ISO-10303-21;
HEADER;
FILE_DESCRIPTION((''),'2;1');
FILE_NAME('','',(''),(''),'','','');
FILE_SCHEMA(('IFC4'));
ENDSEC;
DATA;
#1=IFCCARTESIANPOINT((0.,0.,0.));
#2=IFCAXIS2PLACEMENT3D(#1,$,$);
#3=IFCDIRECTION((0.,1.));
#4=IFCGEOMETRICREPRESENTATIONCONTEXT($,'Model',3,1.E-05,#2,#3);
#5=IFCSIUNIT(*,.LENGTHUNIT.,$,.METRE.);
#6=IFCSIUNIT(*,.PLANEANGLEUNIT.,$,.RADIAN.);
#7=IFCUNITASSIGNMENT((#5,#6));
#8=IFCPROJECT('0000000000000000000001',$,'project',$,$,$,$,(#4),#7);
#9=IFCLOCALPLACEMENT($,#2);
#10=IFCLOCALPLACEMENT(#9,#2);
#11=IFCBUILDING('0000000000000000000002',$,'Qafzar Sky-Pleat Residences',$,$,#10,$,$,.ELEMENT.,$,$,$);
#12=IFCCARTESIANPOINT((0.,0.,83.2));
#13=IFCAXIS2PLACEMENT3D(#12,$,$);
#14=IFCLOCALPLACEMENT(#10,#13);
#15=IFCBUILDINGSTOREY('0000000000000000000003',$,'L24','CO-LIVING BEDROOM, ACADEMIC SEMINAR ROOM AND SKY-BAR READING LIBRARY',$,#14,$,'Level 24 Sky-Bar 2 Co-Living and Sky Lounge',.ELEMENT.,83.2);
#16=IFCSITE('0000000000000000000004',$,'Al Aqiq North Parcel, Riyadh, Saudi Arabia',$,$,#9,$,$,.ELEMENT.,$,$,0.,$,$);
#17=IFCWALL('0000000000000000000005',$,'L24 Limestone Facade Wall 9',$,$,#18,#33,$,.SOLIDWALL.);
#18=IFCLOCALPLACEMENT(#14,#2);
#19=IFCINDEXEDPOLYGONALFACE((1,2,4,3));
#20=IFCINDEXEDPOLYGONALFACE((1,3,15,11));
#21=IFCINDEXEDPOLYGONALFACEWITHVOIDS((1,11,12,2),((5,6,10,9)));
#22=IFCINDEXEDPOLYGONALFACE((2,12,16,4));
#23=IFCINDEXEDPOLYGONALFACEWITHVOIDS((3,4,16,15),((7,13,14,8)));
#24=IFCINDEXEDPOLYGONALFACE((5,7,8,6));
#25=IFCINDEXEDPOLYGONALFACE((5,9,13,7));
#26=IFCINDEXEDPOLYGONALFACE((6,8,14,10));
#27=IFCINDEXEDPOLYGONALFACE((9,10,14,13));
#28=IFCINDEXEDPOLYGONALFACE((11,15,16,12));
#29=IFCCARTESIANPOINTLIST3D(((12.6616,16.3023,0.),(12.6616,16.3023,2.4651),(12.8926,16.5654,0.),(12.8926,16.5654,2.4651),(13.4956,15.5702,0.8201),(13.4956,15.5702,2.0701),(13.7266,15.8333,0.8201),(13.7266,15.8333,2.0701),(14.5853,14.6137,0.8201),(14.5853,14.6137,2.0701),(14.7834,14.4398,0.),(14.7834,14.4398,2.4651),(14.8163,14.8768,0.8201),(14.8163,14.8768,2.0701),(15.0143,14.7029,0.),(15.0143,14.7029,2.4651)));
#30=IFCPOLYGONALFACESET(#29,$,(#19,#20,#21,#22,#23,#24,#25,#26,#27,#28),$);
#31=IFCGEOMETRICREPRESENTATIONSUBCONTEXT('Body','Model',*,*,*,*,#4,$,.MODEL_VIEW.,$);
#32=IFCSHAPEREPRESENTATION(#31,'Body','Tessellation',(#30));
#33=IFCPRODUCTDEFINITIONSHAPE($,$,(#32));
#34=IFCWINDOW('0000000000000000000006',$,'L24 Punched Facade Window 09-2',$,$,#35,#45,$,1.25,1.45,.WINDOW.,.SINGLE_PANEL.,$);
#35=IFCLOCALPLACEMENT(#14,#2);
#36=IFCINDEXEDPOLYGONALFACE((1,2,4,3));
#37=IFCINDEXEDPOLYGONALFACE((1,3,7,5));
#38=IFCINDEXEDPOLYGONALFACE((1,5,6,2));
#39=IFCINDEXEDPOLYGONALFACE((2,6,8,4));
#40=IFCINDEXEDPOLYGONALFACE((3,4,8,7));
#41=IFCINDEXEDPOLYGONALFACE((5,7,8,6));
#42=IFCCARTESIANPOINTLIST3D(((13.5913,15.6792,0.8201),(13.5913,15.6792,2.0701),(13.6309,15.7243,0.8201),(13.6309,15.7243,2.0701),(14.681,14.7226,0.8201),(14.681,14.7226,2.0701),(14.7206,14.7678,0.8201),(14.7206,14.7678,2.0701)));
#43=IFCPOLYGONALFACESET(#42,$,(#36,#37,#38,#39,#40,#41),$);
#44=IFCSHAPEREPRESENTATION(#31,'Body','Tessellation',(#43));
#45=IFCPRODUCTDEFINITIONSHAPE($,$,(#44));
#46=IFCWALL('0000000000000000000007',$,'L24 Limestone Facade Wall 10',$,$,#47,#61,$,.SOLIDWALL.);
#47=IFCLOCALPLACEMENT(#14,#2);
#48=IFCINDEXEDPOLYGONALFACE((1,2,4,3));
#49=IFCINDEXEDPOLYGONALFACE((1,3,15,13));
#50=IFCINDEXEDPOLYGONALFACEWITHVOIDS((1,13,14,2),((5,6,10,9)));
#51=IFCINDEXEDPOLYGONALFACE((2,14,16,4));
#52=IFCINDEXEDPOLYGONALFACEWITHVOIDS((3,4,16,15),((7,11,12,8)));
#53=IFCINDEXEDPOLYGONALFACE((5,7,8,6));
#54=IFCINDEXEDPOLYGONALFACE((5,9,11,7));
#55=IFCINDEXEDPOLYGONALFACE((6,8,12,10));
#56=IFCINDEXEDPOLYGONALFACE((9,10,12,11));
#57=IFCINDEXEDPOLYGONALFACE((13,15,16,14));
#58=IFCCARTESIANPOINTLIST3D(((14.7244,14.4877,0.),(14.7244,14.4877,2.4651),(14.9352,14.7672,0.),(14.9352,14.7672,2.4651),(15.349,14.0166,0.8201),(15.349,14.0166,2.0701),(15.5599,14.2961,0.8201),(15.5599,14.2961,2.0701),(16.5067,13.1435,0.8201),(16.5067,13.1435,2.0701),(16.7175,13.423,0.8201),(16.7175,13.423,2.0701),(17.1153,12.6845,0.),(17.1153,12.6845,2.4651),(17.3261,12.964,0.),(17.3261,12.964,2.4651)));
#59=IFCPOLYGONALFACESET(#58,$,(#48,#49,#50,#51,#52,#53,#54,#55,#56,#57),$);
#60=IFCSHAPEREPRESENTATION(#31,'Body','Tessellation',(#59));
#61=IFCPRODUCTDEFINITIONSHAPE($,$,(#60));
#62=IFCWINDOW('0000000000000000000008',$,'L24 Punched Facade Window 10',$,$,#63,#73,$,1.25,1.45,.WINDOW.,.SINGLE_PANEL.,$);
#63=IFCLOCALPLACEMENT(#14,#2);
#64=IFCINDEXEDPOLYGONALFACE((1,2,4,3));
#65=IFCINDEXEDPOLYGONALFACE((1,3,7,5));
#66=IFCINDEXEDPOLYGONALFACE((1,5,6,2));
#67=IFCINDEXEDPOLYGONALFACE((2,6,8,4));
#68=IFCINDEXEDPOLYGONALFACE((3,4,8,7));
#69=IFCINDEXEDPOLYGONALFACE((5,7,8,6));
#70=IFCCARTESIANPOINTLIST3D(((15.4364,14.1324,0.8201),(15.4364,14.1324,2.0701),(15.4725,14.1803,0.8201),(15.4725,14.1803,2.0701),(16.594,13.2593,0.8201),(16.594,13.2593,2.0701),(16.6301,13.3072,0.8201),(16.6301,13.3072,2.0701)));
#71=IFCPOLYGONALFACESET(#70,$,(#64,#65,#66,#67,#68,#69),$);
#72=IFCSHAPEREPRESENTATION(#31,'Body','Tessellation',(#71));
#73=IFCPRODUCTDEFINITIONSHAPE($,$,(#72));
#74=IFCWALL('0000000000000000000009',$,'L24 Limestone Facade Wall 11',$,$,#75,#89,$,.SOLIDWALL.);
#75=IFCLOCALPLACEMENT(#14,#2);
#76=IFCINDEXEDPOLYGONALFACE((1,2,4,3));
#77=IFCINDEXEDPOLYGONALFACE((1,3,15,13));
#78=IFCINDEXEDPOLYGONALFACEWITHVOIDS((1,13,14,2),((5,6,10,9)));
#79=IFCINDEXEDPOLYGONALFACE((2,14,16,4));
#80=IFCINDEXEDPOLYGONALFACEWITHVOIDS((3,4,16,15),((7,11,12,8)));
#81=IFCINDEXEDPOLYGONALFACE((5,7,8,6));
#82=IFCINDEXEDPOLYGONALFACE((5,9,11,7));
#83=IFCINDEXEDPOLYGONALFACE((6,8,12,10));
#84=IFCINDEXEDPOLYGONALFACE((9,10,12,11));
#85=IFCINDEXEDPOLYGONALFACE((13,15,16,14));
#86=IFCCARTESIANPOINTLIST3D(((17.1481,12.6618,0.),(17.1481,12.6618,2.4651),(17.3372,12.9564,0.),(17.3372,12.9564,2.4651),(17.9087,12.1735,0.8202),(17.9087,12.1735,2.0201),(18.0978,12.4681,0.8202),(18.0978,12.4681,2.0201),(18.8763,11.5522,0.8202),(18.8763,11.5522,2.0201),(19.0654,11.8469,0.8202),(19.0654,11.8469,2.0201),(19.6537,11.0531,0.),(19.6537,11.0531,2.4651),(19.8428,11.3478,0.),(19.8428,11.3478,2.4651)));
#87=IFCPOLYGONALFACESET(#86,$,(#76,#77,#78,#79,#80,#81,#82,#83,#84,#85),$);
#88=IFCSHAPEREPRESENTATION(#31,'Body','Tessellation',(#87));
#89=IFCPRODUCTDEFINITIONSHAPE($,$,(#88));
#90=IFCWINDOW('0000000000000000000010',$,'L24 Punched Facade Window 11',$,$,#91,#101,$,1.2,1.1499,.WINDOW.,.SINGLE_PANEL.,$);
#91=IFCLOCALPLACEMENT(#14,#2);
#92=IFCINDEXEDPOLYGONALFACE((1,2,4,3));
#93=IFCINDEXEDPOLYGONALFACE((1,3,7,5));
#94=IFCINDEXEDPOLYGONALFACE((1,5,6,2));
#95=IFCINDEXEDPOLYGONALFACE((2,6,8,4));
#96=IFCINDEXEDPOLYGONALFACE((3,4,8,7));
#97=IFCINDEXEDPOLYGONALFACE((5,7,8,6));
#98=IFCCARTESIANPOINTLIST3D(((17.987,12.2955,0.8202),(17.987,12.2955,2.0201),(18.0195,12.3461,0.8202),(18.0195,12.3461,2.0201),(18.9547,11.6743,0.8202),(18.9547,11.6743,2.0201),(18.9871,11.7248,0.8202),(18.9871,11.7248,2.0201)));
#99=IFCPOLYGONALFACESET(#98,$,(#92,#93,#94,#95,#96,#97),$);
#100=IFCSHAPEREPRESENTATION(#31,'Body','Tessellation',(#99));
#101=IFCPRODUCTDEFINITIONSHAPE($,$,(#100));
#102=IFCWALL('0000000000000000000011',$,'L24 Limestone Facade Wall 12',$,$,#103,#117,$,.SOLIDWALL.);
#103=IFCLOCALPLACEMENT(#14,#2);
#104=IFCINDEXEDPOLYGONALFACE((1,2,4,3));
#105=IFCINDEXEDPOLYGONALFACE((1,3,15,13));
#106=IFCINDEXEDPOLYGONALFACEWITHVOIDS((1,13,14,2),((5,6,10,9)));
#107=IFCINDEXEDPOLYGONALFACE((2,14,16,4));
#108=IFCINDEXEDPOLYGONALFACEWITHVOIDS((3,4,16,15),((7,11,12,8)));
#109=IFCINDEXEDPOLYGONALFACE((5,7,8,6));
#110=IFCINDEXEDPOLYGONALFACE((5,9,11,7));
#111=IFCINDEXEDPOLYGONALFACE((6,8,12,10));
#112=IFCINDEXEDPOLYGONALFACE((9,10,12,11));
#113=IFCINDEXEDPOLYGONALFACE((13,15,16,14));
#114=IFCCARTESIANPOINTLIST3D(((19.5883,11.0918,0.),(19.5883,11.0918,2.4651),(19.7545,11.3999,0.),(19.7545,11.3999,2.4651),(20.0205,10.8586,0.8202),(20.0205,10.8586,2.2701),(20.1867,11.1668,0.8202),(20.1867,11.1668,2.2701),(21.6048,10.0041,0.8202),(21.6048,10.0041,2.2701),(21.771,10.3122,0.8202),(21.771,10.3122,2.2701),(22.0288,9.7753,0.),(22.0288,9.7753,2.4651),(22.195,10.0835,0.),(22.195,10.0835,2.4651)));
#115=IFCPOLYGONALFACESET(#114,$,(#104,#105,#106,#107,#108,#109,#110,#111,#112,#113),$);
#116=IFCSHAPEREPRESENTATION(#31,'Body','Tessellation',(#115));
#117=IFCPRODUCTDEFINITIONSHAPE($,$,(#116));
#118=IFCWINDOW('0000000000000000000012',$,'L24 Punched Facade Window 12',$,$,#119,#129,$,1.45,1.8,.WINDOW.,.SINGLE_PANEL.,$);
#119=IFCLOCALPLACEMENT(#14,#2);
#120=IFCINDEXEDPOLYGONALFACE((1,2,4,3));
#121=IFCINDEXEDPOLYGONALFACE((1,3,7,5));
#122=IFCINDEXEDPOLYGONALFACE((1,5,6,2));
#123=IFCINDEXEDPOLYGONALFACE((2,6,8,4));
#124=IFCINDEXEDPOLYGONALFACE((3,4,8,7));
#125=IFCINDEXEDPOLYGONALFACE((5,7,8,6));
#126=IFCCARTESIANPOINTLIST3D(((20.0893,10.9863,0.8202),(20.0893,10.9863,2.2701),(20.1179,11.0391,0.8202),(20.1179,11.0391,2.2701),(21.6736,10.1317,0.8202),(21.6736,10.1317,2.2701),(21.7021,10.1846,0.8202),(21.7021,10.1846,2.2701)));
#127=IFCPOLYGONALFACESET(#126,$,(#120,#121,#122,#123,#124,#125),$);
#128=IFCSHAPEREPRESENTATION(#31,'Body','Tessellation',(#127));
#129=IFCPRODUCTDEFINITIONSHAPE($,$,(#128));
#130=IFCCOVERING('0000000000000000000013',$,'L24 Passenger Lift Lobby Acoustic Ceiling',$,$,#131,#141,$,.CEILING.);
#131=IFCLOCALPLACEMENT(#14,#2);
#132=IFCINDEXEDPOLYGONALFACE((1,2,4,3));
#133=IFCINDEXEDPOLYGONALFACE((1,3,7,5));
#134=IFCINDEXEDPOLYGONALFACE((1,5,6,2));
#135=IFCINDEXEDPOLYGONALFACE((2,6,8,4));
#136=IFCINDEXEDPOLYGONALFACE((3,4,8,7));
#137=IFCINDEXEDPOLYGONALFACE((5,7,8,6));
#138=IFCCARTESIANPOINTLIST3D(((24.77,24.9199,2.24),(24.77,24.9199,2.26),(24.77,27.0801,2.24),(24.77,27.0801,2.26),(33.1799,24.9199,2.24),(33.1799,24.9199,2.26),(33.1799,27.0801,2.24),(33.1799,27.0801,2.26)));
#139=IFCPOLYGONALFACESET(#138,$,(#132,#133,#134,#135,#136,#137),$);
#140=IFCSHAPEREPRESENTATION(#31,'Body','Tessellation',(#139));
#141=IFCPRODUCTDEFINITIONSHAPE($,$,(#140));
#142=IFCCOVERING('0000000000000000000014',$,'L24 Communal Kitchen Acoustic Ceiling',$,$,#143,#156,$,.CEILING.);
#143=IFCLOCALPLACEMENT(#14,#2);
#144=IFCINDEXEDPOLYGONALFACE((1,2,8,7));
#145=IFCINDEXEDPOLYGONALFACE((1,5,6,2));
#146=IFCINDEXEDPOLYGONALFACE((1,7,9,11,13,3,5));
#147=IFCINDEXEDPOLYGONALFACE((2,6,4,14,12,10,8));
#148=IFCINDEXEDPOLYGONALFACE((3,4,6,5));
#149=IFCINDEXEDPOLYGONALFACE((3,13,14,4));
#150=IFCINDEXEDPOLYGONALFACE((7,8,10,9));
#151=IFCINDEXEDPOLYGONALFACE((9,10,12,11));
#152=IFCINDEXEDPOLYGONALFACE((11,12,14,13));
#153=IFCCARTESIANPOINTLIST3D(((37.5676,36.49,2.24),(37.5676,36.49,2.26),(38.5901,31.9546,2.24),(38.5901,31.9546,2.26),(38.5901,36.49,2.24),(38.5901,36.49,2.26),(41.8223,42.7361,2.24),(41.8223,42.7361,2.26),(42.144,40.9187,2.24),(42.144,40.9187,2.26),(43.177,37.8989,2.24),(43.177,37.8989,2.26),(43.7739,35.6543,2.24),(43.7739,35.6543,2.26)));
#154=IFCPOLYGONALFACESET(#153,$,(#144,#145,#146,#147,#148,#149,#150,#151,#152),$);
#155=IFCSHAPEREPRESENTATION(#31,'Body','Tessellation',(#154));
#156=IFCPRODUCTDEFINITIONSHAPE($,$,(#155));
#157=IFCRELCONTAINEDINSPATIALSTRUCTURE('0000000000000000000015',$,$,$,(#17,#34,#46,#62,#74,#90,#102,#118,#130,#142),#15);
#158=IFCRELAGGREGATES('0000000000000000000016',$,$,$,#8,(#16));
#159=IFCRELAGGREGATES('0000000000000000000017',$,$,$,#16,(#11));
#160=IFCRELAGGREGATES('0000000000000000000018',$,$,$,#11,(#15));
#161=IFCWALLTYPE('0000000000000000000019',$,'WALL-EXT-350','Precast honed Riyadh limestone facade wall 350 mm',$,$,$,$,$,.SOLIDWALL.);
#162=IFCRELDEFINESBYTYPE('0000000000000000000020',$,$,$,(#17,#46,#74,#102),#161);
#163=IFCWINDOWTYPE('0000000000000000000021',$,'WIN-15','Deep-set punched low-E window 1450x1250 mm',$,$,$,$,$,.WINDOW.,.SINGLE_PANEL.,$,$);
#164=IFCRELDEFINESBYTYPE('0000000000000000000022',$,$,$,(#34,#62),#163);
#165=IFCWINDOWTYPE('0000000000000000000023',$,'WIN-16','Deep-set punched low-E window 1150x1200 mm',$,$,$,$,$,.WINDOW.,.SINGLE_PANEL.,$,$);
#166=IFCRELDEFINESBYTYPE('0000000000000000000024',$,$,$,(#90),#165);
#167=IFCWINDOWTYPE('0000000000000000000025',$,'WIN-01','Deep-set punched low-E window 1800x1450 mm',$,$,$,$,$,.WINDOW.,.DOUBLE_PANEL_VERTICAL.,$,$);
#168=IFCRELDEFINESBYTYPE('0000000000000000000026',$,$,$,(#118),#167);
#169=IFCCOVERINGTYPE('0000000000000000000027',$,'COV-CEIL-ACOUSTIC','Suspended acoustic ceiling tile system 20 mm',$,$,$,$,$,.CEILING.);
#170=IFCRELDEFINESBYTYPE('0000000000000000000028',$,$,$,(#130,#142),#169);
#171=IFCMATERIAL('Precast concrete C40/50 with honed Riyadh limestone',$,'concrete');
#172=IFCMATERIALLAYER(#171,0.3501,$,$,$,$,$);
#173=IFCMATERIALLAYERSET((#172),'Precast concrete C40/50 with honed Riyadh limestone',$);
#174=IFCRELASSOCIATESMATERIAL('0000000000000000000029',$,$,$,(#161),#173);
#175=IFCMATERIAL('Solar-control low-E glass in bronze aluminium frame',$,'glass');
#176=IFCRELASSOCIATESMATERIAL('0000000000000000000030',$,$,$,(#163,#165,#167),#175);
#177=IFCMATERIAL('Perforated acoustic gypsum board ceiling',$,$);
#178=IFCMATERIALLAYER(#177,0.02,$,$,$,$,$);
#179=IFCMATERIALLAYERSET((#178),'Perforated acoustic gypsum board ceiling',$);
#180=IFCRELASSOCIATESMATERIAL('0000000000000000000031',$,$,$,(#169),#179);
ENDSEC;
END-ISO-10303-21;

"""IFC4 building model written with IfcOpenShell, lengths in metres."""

from ifc_helpers import new_model, si_unit, direction, frame, frame_2d, origin, place, context, subcontext, project, spatial, polyline, rectangle, outline, extrude, source, transform, mapped, material, layer, layer_set, type_object, element, fill, save


model = new_model("IFC4")

# Units and contexts
model_context = context("Model", 3, precision=1e-05, world=origin(), true_north=direction((0.0, 1.0)))
body_context = subcontext(model_context, "Body", "Model", "MODEL_VIEW")
ifc_project = project(units=[si_unit("LENGTHUNIT", "METRE"), si_unit("PLANEANGLEUNIT", "RADIAN")], contexts=[model_context])

# Site, building, storey
site_placement = place(None, origin())
site = spatial("IfcSite", under=ifc_project, at=site_placement, Name="Al Aqiq North Parcel, Riyadh, Saudi Arabia", CompositionType="ELEMENT", RefElevation=0.0)
building_placement = place(site_placement, origin())
building = spatial("IfcBuilding", under=site, at=building_placement, Name="Qafzar Sky-Pleat Residences", CompositionType="ELEMENT")
storey_placement = place(building_placement, frame((0.0, 0.0, 83.2)))
storey = spatial("IfcBuildingStorey", under=building, at=storey_placement, Name="L24", Description="CO-LIVING BEDROOM, ACADEMIC SEMINAR ROOM AND SKY-BAR READING LIBRARY", LongName="Level 24 Sky-Bar 2 Co-Living and Sky Lounge", CompositionType="ELEMENT", Elevation=83.2)

# Walls, openings, windows
ifc_material_1 = material(Name="Precast concrete C40/50 with honed Riyadh limestone", Category="concrete")
ifc_layer_1 = layer(ifc_material_1, 0.3501)
ifc_layer_set_1 = layer_set([ifc_layer_1], Name="Precast concrete C40/50 with honed Riyadh limestone")
wall_type_1 = type_object("IfcWallType", Name="WALL-EXT-350", Description="Precast honed Riyadh limestone facade wall 350 mm", PredefinedType="SOLIDWALL", material=ifc_layer_set_1)
wall_1_placement = place(storey_placement, frame((12.7771, 16.4338, 0.0), z_axis=(0.0, 0.0, 1.0), x_axis=(0.751531, -0.659698, 0.0)))
wall_1 = element("IfcWall", 1, at=wall_1_placement, inside=storey, type_object=wall_type_1, Name="L24 Limestone Facade Wall 9", PredefinedType="SOLIDWALL", context=body_context, shape_type="SweptSolid", body=[
    extrude(rectangle(XDim=2.8232, YDim=0.3501, at=frame_2d((1.4116, 0.0))), origin(), (0.0, 0.0, 1.0), 2.4651),
])
opening_1_placement = place(wall_1_placement, frame((1.1096, 0.0, 0.8201)))
opening_1 = element("IfcOpeningElement", 2, at=opening_1_placement, cuts=wall_1, PredefinedType="OPENING", context=body_context, shape_type="SweptSolid", body=[
    extrude(rectangle(XDim=1.45, YDim=1.25, at=frame_2d((0.7251, 0.625))), frame((0.0, 0.1851, 0.0), z_axis=(0.0, -1.0, 0.0), x_axis=(1.0, 0.0, 0.0)), (0.0, 0.0, 1.0), 0.3701),
])
ifc_material_2 = material(Name="Solar-control low-E glass in bronze aluminium frame", Category="glass")
window_type_1 = type_object("IfcWindowType", Name="WIN-15", Description="Deep-set punched low-E window 1450x1250 mm", PartitioningType="SINGLE_PANEL", PredefinedType="WINDOW", material=ifc_material_2)
shared_shape_1 = source(origin(), body_context, "Body", "SweptSolid", [
    extrude(rectangle(XDim=1.45, YDim=1.25, at=frame_2d((0.7251, 0.625))), frame((0.0, 0.03, 0.0), z_axis=(0.0, -1.0, 0.0), x_axis=(1.0, 0.0, 0.0)), (0.0, 0.0, 1.0), 0.0601),
])
window_1_placement = place(opening_1_placement, origin())
window_1 = element("IfcWindow", 3, at=window_1_placement, inside=storey, type_object=window_type_1, Name="L24 Punched Facade Window 09-2", OverallHeight=1.25, OverallWidth=1.45, PartitioningType="SINGLE_PANEL", PredefinedType="WINDOW", context=body_context, shape_type="MappedRepresentation", body=[
    mapped(shared_shape_1, transform((0.0, 0.0, 0.0), x_axis=(1.0, 0.0, 0.0), y_axis=(0.0, 1.0, 0.0), z_axis=(0.0, 0.0, 1.0), scale=1.0)),
])
fill(opening_1, window_1)
wall_2_placement = place(storey_placement, frame((14.8298, 14.6274, 0.0), z_axis=(0.0, 0.0, 1.0), x_axis=(0.798383, -0.60215, 0.0)))
wall_2 = element("IfcWall", 4, at=wall_2_placement, inside=storey, type_object=wall_type_1, Name="L24 Limestone Facade Wall 10", PredefinedType="SOLIDWALL", context=body_context, shape_type="SweptSolid", body=[
    extrude(rectangle(XDim=2.9946, YDim=0.3501, at=frame_2d((1.4973, 0.0))), origin(), (0.0, 0.0, 1.0), 2.4651),
])
opening_2_placement = place(wall_2_placement, frame((0.7822, 0.0, 0.8201)))
opening_2 = element("IfcOpeningElement", 5, at=opening_2_placement, cuts=wall_2, PredefinedType="OPENING", context=body_context, shape_type="SweptSolid", body=[
    extrude(rectangle(XDim=1.45, YDim=1.25, at=frame_2d((0.7251, 0.625))), frame((0.0, 0.1851, 0.0), z_axis=(0.0, -1.0, 0.0), x_axis=(1.0, 0.0, 0.0)), (0.0, 0.0, 1.0), 0.3701),
])
window_2_placement = place(opening_2_placement, origin())
window_2 = element("IfcWindow", 6, at=window_2_placement, inside=storey, type_object=window_type_1, Name="L24 Punched Facade Window 10", OverallHeight=1.25, OverallWidth=1.45, PartitioningType="SINGLE_PANEL", PredefinedType="WINDOW", context=body_context, shape_type="MappedRepresentation", body=[
    mapped(shared_shape_1, transform((0.0, 0.0, 0.0), x_axis=(1.0, 0.0, 0.0), y_axis=(0.0, 1.0, 0.0), z_axis=(0.0, 0.0, 1.0), scale=1.0)),
])
fill(opening_2, window_2)
wall_3_placement = place(storey_placement, frame((17.2427, 12.8091, 0.0), z_axis=(0.0, 0.0, 1.0), x_axis=(0.841501, -0.540256, 0.0)))
wall_3 = element("IfcWall", 7, at=wall_3_placement, inside=storey, type_object=wall_type_1, Name="L24 Limestone Facade Wall 11", PredefinedType="SOLIDWALL", context=body_context, shape_type="SweptSolid", body=[
    extrude(rectangle(XDim=2.9775, YDim=0.3501, at=frame_2d((1.4888, 0.0))), origin(), (0.0, 0.0, 1.0), 2.4651),
])
opening_3_placement = place(wall_3_placement, frame((0.9038, 0.0, 0.8201)))
opening_3 = element("IfcOpeningElement", 8, at=opening_3_placement, cuts=wall_3, PredefinedType="OPENING", context=body_context, shape_type="SweptSolid", body=[
    extrude(rectangle(XDim=1.1499, YDim=1.2, at=frame_2d((0.575, 0.6001))), frame((0.0, 0.1851, 0.0), z_axis=(0.0, -1.0, 0.0), x_axis=(1.0, 0.0, 0.0)), (0.0, 0.0, 1.0), 0.3701),
])
window_type_2 = type_object("IfcWindowType", Name="WIN-16", Description="Deep-set punched low-E window 1150x1200 mm", PartitioningType="SINGLE_PANEL", PredefinedType="WINDOW", material=ifc_material_2)
shared_shape_2 = source(origin(), body_context, "Body", "SweptSolid", [
    extrude(rectangle(XDim=1.1499, YDim=1.2, at=frame_2d((0.575, 0.6001))), frame((0.0, 0.03, 0.0), z_axis=(0.0, -1.0, 0.0), x_axis=(1.0, 0.0, 0.0)), (0.0, 0.0, 1.0), 0.0601),
])
window_3_placement = place(opening_3_placement, origin())
window_3 = element("IfcWindow", 9, at=window_3_placement, inside=storey, type_object=window_type_2, Name="L24 Punched Facade Window 11", OverallHeight=1.2, OverallWidth=1.1499, PartitioningType="SINGLE_PANEL", PredefinedType="WINDOW", context=body_context, shape_type="MappedRepresentation", body=[
    mapped(shared_shape_2, transform((0.0, 0.0, 0.0), x_axis=(1.0, 0.0, 0.0), y_axis=(0.0, 1.0, 0.0), z_axis=(0.0, 0.0, 1.0), scale=1.0)),
])
fill(opening_3, window_3)
wall_4_placement = place(storey_placement, frame((19.6714, 11.2458, 0.0), z_axis=(0.0, 0.0, 1.0), x_axis=(0.88012, -0.474751, 0.0)))
wall_4 = element("IfcWall", 10, at=wall_4_placement, inside=storey, type_object=wall_type_1, Name="L24 Limestone Facade Wall 12", PredefinedType="SOLIDWALL", context=body_context, shape_type="SweptSolid", body=[
    extrude(rectangle(XDim=2.7729, YDim=0.3501, at=frame_2d((1.3865, 0.0))), origin(), (0.0, 0.0, 1.0), 2.4651),
])
opening_4_placement = place(wall_4_placement, frame((0.4912, 0.0, 0.8201)))
opening_4 = element("IfcOpeningElement", 11, at=opening_4_placement, cuts=wall_4, PredefinedType="OPENING", context=body_context, shape_type="SweptSolid", body=[
    extrude(rectangle(XDim=1.8, YDim=1.45, at=frame_2d((0.8999, 0.7251))), frame((0.0, 0.1851, 0.0), z_axis=(0.0, -1.0, 0.0), x_axis=(1.0, 0.0, 0.0)), (0.0, 0.0, 1.0), 0.3701),
])
window_type_3 = type_object("IfcWindowType", Name="WIN-01", Description="Deep-set punched low-E window 1800x1450 mm", PartitioningType="DOUBLE_PANEL_VERTICAL", PredefinedType="WINDOW", material=ifc_material_2)
shared_shape_3 = source(origin(), body_context, "Body", "SweptSolid", [
    extrude(rectangle(XDim=1.8, YDim=1.45, at=frame_2d((0.8999, 0.7251))), frame((0.0, 0.03, 0.0), z_axis=(0.0, -1.0, 0.0), x_axis=(1.0, 0.0, 0.0)), (0.0, 0.0, 1.0), 0.0601),
])
window_4_placement = place(opening_4_placement, origin())
window_4 = element("IfcWindow", 12, at=window_4_placement, inside=storey, type_object=window_type_3, Name="L24 Punched Facade Window 12", OverallHeight=1.45, OverallWidth=1.8, PartitioningType="SINGLE_PANEL", PredefinedType="WINDOW", context=body_context, shape_type="MappedRepresentation", body=[
    mapped(shared_shape_3, transform((0.0, 0.0, 0.0), x_axis=(1.0, 0.0, 0.0), y_axis=(0.0, 1.0, 0.0), z_axis=(0.0, 0.0, 1.0), scale=1.0)),
])
fill(opening_4, window_4)

# Coverings
ifc_material_3 = material(Name="Perforated acoustic gypsum board ceiling")
ifc_layer_2 = layer(ifc_material_3, 0.02)
ifc_layer_set_2 = layer_set([ifc_layer_2], Name="Perforated acoustic gypsum board ceiling")
covering_type_1 = type_object("IfcCoveringType", Name="COV-CEIL-ACOUSTIC", Description="Suspended acoustic ceiling tile system 20 mm", PredefinedType="CEILING", material=ifc_layer_set_2)
covering_1_placement = place(storey_placement, frame((0.0, 0.0, 2.24)))
element("IfcCovering", 13, at=covering_1_placement, inside=storey, type_object=covering_type_1, Name="L24 Passenger Lift Lobby Acoustic Ceiling", PredefinedType="CEILING", context=body_context, shape_type="SweptSolid", body=[
    extrude(outline(polyline([(33.1799, 24.9199), (24.77, 24.9199), (24.77, 27.0801), (33.1799, 27.0801), (33.1799, 24.9199)])), origin(), (0.0, 0.0, 1.0), 0.02),
])
covering_2_placement = place(storey_placement, frame((0.0, 0.0, 2.24)))
element("IfcCovering", 14, at=covering_2_placement, inside=storey, type_object=covering_type_1, Name="L24 Communal Kitchen Acoustic Ceiling", PredefinedType="CEILING", context=body_context, shape_type="SweptSolid", body=[
    extrude(outline(polyline([(42.144, 40.9187), (43.177, 37.8989), (43.7739, 35.6543), (38.5901, 31.9546), (38.5901, 36.49), (37.5676, 36.49), (41.8223, 42.7361), (42.144, 40.9187)])), origin(), (0.0, 0.0, 1.0), 0.02),
])

save(model, "model.ifc")
